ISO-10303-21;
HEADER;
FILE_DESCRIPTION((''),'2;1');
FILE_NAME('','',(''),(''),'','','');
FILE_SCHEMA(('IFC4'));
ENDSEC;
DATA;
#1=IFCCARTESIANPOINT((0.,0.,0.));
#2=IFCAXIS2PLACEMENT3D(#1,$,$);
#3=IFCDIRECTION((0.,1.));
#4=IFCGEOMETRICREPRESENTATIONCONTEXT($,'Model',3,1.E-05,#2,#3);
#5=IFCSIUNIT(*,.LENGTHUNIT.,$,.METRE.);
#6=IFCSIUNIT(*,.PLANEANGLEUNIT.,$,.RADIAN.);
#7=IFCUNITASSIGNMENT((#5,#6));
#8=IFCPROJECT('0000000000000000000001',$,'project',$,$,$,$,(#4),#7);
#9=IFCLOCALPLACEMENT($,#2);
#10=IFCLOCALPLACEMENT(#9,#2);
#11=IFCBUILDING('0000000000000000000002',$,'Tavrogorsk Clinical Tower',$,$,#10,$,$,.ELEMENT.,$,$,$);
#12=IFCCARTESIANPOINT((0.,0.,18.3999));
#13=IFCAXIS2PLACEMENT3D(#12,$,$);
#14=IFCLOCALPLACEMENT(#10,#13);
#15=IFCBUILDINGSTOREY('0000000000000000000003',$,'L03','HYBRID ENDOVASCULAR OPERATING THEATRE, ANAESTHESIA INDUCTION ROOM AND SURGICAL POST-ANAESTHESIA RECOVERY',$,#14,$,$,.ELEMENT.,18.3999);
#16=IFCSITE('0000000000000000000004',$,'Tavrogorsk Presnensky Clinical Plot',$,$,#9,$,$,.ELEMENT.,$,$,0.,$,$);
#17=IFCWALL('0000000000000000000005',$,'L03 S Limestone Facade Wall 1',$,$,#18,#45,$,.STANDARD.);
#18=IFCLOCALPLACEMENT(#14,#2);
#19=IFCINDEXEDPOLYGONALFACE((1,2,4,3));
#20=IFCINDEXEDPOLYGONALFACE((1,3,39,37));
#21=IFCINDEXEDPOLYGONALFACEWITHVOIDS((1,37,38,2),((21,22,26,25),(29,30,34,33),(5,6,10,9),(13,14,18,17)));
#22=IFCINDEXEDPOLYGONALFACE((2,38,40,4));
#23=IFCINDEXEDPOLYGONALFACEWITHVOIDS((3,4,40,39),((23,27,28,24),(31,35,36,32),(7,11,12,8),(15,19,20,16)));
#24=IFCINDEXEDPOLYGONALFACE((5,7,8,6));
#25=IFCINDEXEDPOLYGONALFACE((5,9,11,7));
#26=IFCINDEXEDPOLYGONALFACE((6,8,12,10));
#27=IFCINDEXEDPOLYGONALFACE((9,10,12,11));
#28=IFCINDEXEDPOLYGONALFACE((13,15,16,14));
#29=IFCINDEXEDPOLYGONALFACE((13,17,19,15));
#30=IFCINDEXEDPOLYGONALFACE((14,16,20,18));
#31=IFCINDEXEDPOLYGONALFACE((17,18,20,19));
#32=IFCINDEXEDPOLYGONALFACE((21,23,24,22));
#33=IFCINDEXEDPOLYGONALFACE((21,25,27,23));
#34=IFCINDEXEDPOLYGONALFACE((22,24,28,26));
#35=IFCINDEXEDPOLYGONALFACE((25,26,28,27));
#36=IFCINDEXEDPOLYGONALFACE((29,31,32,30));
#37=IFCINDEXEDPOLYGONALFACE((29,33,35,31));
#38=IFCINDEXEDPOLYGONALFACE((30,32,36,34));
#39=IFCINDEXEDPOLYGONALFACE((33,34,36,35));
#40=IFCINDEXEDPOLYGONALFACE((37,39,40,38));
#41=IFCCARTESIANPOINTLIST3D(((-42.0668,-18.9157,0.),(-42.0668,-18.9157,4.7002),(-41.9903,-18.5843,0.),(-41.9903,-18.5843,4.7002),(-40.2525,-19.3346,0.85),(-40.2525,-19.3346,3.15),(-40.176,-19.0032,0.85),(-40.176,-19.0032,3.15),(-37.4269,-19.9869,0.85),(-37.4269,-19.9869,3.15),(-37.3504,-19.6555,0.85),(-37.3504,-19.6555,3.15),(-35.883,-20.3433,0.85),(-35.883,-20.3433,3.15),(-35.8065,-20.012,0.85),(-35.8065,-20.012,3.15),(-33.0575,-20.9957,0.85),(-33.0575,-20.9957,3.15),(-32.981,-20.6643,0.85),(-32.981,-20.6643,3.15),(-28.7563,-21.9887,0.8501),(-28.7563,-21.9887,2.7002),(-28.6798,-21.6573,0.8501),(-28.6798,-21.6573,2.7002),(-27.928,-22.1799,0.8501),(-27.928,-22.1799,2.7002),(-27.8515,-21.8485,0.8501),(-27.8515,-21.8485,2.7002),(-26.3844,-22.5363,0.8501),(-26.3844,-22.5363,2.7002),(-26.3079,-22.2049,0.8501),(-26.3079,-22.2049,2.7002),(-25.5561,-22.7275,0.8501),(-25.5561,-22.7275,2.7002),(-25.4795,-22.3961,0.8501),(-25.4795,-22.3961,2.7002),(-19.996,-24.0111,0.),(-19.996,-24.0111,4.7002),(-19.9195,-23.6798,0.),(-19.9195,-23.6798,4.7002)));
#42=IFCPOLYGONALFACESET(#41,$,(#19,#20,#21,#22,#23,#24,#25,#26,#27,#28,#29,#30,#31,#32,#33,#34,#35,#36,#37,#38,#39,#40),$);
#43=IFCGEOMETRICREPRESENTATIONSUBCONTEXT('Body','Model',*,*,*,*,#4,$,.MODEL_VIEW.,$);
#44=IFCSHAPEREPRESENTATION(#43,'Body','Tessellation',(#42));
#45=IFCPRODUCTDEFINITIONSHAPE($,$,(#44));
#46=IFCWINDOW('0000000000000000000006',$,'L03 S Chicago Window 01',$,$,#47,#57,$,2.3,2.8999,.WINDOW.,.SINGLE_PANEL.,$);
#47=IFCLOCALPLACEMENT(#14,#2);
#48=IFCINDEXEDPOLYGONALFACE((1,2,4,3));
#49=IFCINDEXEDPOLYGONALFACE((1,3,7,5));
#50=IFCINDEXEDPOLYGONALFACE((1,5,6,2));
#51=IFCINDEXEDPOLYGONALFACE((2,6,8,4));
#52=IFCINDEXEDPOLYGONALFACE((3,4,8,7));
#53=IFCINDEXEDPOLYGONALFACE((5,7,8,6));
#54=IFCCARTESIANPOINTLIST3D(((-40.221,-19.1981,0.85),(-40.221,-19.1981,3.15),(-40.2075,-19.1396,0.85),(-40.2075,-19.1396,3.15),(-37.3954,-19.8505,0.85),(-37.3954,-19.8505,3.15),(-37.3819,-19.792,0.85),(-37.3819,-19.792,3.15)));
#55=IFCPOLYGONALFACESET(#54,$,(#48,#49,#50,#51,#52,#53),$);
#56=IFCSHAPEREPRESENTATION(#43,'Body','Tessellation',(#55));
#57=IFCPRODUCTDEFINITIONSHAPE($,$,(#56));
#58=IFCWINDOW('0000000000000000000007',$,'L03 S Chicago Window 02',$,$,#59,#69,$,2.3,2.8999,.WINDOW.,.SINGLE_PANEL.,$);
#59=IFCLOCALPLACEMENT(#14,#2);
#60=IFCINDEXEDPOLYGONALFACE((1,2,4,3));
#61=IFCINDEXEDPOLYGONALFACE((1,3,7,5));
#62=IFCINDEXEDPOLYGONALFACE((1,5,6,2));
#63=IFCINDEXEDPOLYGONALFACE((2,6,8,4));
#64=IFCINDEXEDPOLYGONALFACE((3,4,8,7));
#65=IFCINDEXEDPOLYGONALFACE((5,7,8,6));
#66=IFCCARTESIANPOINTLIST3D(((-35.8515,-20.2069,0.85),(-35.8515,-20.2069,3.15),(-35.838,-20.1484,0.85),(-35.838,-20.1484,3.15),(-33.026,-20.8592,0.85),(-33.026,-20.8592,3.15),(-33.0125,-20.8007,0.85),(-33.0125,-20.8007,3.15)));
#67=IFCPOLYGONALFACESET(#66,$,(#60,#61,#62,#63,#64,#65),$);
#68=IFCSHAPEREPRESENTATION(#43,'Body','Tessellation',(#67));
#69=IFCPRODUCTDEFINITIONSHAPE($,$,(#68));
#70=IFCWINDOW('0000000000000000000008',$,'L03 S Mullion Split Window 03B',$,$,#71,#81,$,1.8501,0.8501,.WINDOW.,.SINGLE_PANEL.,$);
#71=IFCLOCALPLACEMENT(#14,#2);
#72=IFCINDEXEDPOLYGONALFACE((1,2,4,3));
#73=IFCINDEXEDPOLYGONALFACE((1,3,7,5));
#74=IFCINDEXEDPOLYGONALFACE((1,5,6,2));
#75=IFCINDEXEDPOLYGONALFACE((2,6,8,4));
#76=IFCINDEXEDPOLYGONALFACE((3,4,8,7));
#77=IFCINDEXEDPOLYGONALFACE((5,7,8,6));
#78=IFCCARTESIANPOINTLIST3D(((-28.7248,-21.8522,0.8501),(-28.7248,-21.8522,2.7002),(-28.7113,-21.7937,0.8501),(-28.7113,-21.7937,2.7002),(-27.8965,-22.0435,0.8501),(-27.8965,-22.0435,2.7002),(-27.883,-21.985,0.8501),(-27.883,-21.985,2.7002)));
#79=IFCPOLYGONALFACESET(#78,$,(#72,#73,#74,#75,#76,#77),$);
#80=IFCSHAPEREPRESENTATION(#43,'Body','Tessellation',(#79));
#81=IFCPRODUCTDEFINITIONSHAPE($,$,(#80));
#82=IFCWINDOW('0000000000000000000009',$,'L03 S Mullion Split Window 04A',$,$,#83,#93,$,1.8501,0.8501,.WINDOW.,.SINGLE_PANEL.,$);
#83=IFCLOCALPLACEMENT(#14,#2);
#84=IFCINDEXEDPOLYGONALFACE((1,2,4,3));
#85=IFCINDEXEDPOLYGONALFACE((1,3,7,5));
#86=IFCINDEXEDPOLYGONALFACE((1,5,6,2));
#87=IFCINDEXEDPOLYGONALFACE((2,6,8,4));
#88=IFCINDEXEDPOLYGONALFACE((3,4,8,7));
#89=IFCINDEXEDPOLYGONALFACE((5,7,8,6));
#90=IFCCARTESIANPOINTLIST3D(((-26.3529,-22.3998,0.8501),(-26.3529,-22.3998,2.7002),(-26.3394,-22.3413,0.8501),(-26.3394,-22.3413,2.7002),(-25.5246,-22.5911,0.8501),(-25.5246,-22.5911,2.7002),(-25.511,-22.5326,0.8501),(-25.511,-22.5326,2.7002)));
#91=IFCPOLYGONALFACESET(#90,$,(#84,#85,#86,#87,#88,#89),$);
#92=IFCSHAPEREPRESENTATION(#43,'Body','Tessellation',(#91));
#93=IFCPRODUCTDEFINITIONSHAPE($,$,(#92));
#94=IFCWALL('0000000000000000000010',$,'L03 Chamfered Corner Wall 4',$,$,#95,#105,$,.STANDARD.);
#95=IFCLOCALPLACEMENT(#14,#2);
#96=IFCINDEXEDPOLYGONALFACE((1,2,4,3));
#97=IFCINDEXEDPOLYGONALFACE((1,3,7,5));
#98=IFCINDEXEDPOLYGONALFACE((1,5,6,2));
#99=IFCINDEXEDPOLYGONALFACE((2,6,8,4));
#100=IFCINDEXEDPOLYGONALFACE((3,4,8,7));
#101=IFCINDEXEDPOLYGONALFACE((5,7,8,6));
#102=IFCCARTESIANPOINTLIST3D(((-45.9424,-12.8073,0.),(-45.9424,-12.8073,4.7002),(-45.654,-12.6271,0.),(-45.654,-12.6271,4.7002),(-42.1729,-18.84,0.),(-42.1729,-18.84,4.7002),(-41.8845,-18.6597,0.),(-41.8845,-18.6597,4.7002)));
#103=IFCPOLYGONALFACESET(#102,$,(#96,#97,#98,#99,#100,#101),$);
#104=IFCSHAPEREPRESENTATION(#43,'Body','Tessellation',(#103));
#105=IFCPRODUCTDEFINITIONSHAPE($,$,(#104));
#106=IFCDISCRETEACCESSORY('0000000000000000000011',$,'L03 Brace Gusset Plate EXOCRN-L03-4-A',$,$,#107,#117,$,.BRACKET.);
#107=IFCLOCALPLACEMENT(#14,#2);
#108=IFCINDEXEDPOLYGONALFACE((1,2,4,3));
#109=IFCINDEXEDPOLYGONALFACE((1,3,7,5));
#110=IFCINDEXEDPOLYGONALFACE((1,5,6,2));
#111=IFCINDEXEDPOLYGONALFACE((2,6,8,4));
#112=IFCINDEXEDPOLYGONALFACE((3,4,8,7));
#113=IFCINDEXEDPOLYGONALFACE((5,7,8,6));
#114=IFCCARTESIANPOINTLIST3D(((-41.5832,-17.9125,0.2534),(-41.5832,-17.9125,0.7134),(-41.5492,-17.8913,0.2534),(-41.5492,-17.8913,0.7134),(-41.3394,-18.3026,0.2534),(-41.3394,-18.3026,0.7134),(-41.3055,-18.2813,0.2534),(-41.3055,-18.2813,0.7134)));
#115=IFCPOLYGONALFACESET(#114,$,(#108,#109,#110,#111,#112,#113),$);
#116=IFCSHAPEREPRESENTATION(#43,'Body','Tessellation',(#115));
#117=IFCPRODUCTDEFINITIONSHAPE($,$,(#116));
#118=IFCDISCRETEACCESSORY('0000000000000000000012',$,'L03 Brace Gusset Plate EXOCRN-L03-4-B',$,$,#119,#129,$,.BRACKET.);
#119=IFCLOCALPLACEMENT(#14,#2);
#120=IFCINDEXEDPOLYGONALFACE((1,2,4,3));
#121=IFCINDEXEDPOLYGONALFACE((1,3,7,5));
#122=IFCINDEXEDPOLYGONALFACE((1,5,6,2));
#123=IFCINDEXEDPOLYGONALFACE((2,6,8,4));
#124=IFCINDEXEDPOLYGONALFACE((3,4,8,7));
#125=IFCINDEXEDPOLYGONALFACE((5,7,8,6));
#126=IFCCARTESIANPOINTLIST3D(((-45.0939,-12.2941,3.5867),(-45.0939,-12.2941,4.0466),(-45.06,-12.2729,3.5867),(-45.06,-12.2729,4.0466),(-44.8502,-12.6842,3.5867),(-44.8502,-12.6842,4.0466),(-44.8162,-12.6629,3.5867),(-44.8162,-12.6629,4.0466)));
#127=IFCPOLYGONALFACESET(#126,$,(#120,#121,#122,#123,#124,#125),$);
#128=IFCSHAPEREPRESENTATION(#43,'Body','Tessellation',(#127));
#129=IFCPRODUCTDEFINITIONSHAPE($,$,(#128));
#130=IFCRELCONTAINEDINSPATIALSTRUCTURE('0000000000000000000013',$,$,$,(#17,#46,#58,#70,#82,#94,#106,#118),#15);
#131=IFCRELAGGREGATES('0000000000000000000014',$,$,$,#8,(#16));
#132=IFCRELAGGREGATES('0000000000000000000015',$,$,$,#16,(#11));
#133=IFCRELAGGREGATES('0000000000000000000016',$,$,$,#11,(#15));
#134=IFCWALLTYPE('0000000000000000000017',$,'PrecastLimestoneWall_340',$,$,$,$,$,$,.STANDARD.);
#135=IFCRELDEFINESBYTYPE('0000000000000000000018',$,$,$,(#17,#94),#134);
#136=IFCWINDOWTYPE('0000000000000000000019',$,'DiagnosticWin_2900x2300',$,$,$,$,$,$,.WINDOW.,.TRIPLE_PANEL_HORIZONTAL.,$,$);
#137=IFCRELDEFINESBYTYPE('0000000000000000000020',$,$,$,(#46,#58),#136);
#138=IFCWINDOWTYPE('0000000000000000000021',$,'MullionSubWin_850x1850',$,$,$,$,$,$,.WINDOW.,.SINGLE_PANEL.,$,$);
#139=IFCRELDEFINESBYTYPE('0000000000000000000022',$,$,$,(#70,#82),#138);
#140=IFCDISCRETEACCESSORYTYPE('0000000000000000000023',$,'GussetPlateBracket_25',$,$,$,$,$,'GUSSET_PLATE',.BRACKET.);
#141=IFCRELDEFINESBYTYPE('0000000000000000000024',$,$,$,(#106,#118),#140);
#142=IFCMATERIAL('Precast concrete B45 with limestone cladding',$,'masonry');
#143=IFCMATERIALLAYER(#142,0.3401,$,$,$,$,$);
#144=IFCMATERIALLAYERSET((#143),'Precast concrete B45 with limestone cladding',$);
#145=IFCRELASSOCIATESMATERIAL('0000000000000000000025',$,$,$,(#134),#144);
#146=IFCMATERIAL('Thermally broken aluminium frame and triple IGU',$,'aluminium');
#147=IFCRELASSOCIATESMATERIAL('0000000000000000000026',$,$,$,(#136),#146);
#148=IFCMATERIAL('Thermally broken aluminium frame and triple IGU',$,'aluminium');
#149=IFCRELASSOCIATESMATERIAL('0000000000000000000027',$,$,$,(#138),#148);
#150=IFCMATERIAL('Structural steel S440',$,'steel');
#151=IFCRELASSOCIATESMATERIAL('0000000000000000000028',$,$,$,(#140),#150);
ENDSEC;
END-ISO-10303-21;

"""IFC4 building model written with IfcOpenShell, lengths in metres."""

from ifc_helpers import new_model, si_unit, direction, frame, frame_2d, origin, origin_2d, place, context, subcontext, project, spatial, rectangle, extrude, material, layer, layer_set, type_object, element, fill, save


model = new_model("IFC4")

# Units and contexts
model_context = context("Model", 3, precision=1e-05, world=origin(), true_north=direction((0.0, 1.0)))
body_context = subcontext(model_context, "Body", "Model", "MODEL_VIEW")
ifc_project = project(units=[si_unit("LENGTHUNIT", "METRE"), si_unit("PLANEANGLEUNIT", "RADIAN")], contexts=[model_context])

# Site, building, storey
site_placement = place(None, origin())
site = spatial("IfcSite", under=ifc_project, at=site_placement, Name="Tavrogorsk Presnensky Clinical Plot", CompositionType="ELEMENT", RefElevation=0.0)
building_placement = place(site_placement, origin())
building = spatial("IfcBuilding", under=site, at=building_placement, Name="Tavrogorsk Clinical Tower", CompositionType="ELEMENT")
storey_placement = place(building_placement, frame((0.0, 0.0, 18.3999)))
storey = spatial("IfcBuildingStorey", under=building, at=storey_placement, Name="L03", Description="HYBRID ENDOVASCULAR OPERATING THEATRE, ANAESTHESIA INDUCTION ROOM AND SURGICAL POST-ANAESTHESIA RECOVERY", CompositionType="ELEMENT", Elevation=18.3999)

# Wall, openings, windows
ifc_material_1 = material(Name="Precast concrete B45 with limestone cladding", Category="masonry")
ifc_layer_1 = layer(ifc_material_1, 0.3401)
ifc_layer_set_1 = layer_set([ifc_layer_1], Name="Precast concrete B45 with limestone cladding")
wall_type_1 = type_object("IfcWallType", Name="PrecastLimestoneWall_340", PredefinedType="STANDARD", material=ifc_layer_set_1)
wall_1_placement = place(storey_placement, frame((-42.0286, -18.75, 0.0), z_axis=(0.0, 0.0, 1.0), x_axis=(0.97437, -0.224952, 0.0)))
wall_1 = element("IfcWall", 1, at=wall_1_placement, inside=storey, type_object=wall_type_1, Name="L03 S Limestone Facade Wall 1", PredefinedType="STANDARD", context=body_context, shape_type="SweptSolid", body=[
    extrude(rectangle(XDim=22.6514, YDim=0.3401, at=frame_2d((11.3257, 0.0))), origin(), (0.0, 0.0, 1.0), 4.7002),
])
opening_1_placement = place(wall_1_placement, frame((1.8621, 0.0, 0.8501)))
opening_1 = element("IfcOpeningElement", 2, at=opening_1_placement, cuts=wall_1, PredefinedType="OPENING", context=body_context, shape_type="SweptSolid", body=[
    extrude(rectangle(XDim=2.8999, YDim=2.3, at=frame_2d((1.45, 1.1499))), frame((0.0, 0.1799, 0.0), z_axis=(0.0, -1.0, 0.0), x_axis=(1.0, 0.0, 0.0)), (0.0, 0.0, 1.0), 0.3601),
])
opening_2_placement = place(wall_1_placement, frame((6.3464, 0.0, 0.8501)))
opening_2 = element("IfcOpeningElement", 3, at=opening_2_placement, cuts=wall_1, PredefinedType="OPENING", context=body_context, shape_type="SweptSolid", body=[
    extrude(rectangle(XDim=2.8999, YDim=2.3, at=frame_2d((1.45, 1.1499))), frame((0.0, 0.1799, 0.0), z_axis=(0.0, -1.0, 0.0), x_axis=(1.0, 0.0, 0.0)), (0.0, 0.0, 1.0), 0.3601),
])
opening_3_placement = place(wall_1_placement, frame((13.6606, 0.0, 0.8501)))
opening_3 = element("IfcOpeningElement", 4, at=opening_3_placement, cuts=wall_1, PredefinedType="OPENING", context=body_context, shape_type="SweptSolid", body=[
    extrude(rectangle(XDim=0.8501, YDim=1.8501, at=frame_2d((0.425, 0.925))), frame((0.0, 0.1799, 0.0), z_axis=(0.0, -1.0, 0.0), x_axis=(1.0, 0.0, 0.0)), (0.0, 0.0, 1.0), 0.3601),
])
opening_4_placement = place(wall_1_placement, frame((16.095, 0.0, 0.8501)))
opening_4 = element("IfcOpeningElement", 5, at=opening_4_placement, cuts=wall_1, PredefinedType="OPENING", context=body_context, shape_type="SweptSolid", body=[
    extrude(rectangle(XDim=0.8501, YDim=1.8501, at=frame_2d((0.425, 0.925))), frame((0.0, 0.1799, 0.0), z_axis=(0.0, -1.0, 0.0), x_axis=(1.0, 0.0, 0.0)), (0.0, 0.0, 1.0), 0.3601),
])
ifc_material_2 = material(Name="Thermally broken aluminium frame and triple IGU", Category="aluminium")
window_type_1 = type_object("IfcWindowType", Name="DiagnosticWin_2900x2300", PartitioningType="TRIPLE_PANEL_HORIZONTAL", PredefinedType="WINDOW", material=ifc_material_2)
window_1_placement = place(opening_1_placement, origin())
window_1 = element("IfcWindow", 6, at=window_1_placement, inside=storey, type_object=window_type_1, Name="L03 S Chicago Window 01", OverallHeight=2.3, OverallWidth=2.8999, PartitioningType="SINGLE_PANEL", PredefinedType="WINDOW", context=body_context, shape_type="SweptSolid", body=[
    extrude(rectangle(XDim=2.8999, YDim=2.3, at=frame_2d((1.45, 1.1499))), frame((0.0, 0.03, 0.0), z_axis=(0.0, -1.0, 0.0), x_axis=(1.0, 0.0, 0.0)), (0.0, 0.0, 1.0), 0.0601),
])
fill(opening_1, window_1)
window_2_placement = place(opening_2_placement, origin())
window_2 = element("IfcWindow", 7, at=window_2_placement, inside=storey, type_object=window_type_1, Name="L03 S Chicago Window 02", OverallHeight=2.3, OverallWidth=2.8999, PartitioningType="SINGLE_PANEL", PredefinedType="WINDOW", context=body_context, shape_type="SweptSolid", body=[
    extrude(rectangle(XDim=2.8999, YDim=2.3, at=frame_2d((1.45, 1.1499))), frame((0.0, 0.03, 0.0), z_axis=(0.0, -1.0, 0.0), x_axis=(1.0, 0.0, 0.0)), (0.0, 0.0, 1.0), 0.0601),
])
fill(opening_2, window_2)
ifc_material_3 = material(Name="Thermally broken aluminium frame and triple IGU", Category="aluminium")
window_type_2 = type_object("IfcWindowType", Name="MullionSubWin_850x1850", PartitioningType="SINGLE_PANEL", PredefinedType="WINDOW", material=ifc_material_3)
window_3_placement = place(opening_3_placement, origin())
window_3 = element("IfcWindow", 8, at=window_3_placement, inside=storey, type_object=window_type_2, Name="L03 S Mullion Split Window 03B", OverallHeight=1.8501, OverallWidth=0.8501, PartitioningType="SINGLE_PANEL", PredefinedType="WINDOW", context=body_context, shape_type="SweptSolid", body=[
    extrude(rectangle(XDim=0.8501, YDim=1.8501, at=frame_2d((0.425, 0.925))), frame((0.0, 0.03, 0.0), z_axis=(0.0, -1.0, 0.0), x_axis=(1.0, 0.0, 0.0)), (0.0, 0.0, 1.0), 0.0601),
])
fill(opening_3, window_3)
window_4_placement = place(opening_4_placement, origin())
window_4 = element("IfcWindow", 9, at=window_4_placement, inside=storey, type_object=window_type_2, Name="L03 S Mullion Split Window 04A", OverallHeight=1.8501, OverallWidth=0.8501, PartitioningType="SINGLE_PANEL", PredefinedType="WINDOW", context=body_context, shape_type="SweptSolid", body=[
    extrude(rectangle(XDim=0.8501, YDim=1.8501, at=frame_2d((0.425, 0.925))), frame((0.0, 0.03, 0.0), z_axis=(0.0, -1.0, 0.0), x_axis=(1.0, 0.0, 0.0)), (0.0, 0.0, 1.0), 0.0601),
])
fill(opening_4, window_4)

# Wall
wall_2_placement = place(storey_placement, frame((-45.7981, -12.7173, 0.0), z_axis=(0.0, 0.0, 1.0), x_axis=(0.529906, -0.848056, 0.0)))
element("IfcWall", 10, at=wall_2_placement, inside=storey, type_object=wall_type_1, Name="L03 Chamfered Corner Wall 4", PredefinedType="STANDARD", context=body_context, shape_type="SweptSolid", body=[
    extrude(rectangle(XDim=7.1135, YDim=0.3401, at=frame_2d((3.5566, 0.0))), origin(), (0.0, 0.0, 1.0), 4.7002),
])

# Discrete accessories
ifc_material_4 = material(Name="Structural steel S440", Category="steel")
discrete_accessory_type = type_object("IfcDiscreteAccessoryType", Name="GussetPlateBracket_25", ElementType="GUSSET_PLATE", PredefinedType="BRACKET", material=ifc_material_4)
for number, where, z_axis, x_axis, name in (
    (11, (-41.4443, -18.0969, 0.2534), (0.0, 0.0, 1.0), (-0.529919, 0.848048, 0.0), "L03 Brace Gusset Plate EXOCRN-L03-4-A"),
    (12, (-44.9551, -12.4785, 3.5867), (0.0, 0.0, 1.0), (-0.529919, 0.848048, 0.0), "L03 Brace Gusset Plate EXOCRN-L03-4-B"),
):
    element("IfcDiscreteAccessory", number, at=place(storey_placement, frame(where, z_axis=z_axis, x_axis=x_axis)), inside=storey, type_object=discrete_accessory_type, Name=name, PredefinedType="BRACKET", context=body_context, shape_type="SweptSolid", body=[
        extrude(rectangle(XDim=0.46, YDim=0.04, at=origin_2d()), origin(), (0.0, 0.0, 1.0), 0.46),
    ])

save(model, "model.ifc")
